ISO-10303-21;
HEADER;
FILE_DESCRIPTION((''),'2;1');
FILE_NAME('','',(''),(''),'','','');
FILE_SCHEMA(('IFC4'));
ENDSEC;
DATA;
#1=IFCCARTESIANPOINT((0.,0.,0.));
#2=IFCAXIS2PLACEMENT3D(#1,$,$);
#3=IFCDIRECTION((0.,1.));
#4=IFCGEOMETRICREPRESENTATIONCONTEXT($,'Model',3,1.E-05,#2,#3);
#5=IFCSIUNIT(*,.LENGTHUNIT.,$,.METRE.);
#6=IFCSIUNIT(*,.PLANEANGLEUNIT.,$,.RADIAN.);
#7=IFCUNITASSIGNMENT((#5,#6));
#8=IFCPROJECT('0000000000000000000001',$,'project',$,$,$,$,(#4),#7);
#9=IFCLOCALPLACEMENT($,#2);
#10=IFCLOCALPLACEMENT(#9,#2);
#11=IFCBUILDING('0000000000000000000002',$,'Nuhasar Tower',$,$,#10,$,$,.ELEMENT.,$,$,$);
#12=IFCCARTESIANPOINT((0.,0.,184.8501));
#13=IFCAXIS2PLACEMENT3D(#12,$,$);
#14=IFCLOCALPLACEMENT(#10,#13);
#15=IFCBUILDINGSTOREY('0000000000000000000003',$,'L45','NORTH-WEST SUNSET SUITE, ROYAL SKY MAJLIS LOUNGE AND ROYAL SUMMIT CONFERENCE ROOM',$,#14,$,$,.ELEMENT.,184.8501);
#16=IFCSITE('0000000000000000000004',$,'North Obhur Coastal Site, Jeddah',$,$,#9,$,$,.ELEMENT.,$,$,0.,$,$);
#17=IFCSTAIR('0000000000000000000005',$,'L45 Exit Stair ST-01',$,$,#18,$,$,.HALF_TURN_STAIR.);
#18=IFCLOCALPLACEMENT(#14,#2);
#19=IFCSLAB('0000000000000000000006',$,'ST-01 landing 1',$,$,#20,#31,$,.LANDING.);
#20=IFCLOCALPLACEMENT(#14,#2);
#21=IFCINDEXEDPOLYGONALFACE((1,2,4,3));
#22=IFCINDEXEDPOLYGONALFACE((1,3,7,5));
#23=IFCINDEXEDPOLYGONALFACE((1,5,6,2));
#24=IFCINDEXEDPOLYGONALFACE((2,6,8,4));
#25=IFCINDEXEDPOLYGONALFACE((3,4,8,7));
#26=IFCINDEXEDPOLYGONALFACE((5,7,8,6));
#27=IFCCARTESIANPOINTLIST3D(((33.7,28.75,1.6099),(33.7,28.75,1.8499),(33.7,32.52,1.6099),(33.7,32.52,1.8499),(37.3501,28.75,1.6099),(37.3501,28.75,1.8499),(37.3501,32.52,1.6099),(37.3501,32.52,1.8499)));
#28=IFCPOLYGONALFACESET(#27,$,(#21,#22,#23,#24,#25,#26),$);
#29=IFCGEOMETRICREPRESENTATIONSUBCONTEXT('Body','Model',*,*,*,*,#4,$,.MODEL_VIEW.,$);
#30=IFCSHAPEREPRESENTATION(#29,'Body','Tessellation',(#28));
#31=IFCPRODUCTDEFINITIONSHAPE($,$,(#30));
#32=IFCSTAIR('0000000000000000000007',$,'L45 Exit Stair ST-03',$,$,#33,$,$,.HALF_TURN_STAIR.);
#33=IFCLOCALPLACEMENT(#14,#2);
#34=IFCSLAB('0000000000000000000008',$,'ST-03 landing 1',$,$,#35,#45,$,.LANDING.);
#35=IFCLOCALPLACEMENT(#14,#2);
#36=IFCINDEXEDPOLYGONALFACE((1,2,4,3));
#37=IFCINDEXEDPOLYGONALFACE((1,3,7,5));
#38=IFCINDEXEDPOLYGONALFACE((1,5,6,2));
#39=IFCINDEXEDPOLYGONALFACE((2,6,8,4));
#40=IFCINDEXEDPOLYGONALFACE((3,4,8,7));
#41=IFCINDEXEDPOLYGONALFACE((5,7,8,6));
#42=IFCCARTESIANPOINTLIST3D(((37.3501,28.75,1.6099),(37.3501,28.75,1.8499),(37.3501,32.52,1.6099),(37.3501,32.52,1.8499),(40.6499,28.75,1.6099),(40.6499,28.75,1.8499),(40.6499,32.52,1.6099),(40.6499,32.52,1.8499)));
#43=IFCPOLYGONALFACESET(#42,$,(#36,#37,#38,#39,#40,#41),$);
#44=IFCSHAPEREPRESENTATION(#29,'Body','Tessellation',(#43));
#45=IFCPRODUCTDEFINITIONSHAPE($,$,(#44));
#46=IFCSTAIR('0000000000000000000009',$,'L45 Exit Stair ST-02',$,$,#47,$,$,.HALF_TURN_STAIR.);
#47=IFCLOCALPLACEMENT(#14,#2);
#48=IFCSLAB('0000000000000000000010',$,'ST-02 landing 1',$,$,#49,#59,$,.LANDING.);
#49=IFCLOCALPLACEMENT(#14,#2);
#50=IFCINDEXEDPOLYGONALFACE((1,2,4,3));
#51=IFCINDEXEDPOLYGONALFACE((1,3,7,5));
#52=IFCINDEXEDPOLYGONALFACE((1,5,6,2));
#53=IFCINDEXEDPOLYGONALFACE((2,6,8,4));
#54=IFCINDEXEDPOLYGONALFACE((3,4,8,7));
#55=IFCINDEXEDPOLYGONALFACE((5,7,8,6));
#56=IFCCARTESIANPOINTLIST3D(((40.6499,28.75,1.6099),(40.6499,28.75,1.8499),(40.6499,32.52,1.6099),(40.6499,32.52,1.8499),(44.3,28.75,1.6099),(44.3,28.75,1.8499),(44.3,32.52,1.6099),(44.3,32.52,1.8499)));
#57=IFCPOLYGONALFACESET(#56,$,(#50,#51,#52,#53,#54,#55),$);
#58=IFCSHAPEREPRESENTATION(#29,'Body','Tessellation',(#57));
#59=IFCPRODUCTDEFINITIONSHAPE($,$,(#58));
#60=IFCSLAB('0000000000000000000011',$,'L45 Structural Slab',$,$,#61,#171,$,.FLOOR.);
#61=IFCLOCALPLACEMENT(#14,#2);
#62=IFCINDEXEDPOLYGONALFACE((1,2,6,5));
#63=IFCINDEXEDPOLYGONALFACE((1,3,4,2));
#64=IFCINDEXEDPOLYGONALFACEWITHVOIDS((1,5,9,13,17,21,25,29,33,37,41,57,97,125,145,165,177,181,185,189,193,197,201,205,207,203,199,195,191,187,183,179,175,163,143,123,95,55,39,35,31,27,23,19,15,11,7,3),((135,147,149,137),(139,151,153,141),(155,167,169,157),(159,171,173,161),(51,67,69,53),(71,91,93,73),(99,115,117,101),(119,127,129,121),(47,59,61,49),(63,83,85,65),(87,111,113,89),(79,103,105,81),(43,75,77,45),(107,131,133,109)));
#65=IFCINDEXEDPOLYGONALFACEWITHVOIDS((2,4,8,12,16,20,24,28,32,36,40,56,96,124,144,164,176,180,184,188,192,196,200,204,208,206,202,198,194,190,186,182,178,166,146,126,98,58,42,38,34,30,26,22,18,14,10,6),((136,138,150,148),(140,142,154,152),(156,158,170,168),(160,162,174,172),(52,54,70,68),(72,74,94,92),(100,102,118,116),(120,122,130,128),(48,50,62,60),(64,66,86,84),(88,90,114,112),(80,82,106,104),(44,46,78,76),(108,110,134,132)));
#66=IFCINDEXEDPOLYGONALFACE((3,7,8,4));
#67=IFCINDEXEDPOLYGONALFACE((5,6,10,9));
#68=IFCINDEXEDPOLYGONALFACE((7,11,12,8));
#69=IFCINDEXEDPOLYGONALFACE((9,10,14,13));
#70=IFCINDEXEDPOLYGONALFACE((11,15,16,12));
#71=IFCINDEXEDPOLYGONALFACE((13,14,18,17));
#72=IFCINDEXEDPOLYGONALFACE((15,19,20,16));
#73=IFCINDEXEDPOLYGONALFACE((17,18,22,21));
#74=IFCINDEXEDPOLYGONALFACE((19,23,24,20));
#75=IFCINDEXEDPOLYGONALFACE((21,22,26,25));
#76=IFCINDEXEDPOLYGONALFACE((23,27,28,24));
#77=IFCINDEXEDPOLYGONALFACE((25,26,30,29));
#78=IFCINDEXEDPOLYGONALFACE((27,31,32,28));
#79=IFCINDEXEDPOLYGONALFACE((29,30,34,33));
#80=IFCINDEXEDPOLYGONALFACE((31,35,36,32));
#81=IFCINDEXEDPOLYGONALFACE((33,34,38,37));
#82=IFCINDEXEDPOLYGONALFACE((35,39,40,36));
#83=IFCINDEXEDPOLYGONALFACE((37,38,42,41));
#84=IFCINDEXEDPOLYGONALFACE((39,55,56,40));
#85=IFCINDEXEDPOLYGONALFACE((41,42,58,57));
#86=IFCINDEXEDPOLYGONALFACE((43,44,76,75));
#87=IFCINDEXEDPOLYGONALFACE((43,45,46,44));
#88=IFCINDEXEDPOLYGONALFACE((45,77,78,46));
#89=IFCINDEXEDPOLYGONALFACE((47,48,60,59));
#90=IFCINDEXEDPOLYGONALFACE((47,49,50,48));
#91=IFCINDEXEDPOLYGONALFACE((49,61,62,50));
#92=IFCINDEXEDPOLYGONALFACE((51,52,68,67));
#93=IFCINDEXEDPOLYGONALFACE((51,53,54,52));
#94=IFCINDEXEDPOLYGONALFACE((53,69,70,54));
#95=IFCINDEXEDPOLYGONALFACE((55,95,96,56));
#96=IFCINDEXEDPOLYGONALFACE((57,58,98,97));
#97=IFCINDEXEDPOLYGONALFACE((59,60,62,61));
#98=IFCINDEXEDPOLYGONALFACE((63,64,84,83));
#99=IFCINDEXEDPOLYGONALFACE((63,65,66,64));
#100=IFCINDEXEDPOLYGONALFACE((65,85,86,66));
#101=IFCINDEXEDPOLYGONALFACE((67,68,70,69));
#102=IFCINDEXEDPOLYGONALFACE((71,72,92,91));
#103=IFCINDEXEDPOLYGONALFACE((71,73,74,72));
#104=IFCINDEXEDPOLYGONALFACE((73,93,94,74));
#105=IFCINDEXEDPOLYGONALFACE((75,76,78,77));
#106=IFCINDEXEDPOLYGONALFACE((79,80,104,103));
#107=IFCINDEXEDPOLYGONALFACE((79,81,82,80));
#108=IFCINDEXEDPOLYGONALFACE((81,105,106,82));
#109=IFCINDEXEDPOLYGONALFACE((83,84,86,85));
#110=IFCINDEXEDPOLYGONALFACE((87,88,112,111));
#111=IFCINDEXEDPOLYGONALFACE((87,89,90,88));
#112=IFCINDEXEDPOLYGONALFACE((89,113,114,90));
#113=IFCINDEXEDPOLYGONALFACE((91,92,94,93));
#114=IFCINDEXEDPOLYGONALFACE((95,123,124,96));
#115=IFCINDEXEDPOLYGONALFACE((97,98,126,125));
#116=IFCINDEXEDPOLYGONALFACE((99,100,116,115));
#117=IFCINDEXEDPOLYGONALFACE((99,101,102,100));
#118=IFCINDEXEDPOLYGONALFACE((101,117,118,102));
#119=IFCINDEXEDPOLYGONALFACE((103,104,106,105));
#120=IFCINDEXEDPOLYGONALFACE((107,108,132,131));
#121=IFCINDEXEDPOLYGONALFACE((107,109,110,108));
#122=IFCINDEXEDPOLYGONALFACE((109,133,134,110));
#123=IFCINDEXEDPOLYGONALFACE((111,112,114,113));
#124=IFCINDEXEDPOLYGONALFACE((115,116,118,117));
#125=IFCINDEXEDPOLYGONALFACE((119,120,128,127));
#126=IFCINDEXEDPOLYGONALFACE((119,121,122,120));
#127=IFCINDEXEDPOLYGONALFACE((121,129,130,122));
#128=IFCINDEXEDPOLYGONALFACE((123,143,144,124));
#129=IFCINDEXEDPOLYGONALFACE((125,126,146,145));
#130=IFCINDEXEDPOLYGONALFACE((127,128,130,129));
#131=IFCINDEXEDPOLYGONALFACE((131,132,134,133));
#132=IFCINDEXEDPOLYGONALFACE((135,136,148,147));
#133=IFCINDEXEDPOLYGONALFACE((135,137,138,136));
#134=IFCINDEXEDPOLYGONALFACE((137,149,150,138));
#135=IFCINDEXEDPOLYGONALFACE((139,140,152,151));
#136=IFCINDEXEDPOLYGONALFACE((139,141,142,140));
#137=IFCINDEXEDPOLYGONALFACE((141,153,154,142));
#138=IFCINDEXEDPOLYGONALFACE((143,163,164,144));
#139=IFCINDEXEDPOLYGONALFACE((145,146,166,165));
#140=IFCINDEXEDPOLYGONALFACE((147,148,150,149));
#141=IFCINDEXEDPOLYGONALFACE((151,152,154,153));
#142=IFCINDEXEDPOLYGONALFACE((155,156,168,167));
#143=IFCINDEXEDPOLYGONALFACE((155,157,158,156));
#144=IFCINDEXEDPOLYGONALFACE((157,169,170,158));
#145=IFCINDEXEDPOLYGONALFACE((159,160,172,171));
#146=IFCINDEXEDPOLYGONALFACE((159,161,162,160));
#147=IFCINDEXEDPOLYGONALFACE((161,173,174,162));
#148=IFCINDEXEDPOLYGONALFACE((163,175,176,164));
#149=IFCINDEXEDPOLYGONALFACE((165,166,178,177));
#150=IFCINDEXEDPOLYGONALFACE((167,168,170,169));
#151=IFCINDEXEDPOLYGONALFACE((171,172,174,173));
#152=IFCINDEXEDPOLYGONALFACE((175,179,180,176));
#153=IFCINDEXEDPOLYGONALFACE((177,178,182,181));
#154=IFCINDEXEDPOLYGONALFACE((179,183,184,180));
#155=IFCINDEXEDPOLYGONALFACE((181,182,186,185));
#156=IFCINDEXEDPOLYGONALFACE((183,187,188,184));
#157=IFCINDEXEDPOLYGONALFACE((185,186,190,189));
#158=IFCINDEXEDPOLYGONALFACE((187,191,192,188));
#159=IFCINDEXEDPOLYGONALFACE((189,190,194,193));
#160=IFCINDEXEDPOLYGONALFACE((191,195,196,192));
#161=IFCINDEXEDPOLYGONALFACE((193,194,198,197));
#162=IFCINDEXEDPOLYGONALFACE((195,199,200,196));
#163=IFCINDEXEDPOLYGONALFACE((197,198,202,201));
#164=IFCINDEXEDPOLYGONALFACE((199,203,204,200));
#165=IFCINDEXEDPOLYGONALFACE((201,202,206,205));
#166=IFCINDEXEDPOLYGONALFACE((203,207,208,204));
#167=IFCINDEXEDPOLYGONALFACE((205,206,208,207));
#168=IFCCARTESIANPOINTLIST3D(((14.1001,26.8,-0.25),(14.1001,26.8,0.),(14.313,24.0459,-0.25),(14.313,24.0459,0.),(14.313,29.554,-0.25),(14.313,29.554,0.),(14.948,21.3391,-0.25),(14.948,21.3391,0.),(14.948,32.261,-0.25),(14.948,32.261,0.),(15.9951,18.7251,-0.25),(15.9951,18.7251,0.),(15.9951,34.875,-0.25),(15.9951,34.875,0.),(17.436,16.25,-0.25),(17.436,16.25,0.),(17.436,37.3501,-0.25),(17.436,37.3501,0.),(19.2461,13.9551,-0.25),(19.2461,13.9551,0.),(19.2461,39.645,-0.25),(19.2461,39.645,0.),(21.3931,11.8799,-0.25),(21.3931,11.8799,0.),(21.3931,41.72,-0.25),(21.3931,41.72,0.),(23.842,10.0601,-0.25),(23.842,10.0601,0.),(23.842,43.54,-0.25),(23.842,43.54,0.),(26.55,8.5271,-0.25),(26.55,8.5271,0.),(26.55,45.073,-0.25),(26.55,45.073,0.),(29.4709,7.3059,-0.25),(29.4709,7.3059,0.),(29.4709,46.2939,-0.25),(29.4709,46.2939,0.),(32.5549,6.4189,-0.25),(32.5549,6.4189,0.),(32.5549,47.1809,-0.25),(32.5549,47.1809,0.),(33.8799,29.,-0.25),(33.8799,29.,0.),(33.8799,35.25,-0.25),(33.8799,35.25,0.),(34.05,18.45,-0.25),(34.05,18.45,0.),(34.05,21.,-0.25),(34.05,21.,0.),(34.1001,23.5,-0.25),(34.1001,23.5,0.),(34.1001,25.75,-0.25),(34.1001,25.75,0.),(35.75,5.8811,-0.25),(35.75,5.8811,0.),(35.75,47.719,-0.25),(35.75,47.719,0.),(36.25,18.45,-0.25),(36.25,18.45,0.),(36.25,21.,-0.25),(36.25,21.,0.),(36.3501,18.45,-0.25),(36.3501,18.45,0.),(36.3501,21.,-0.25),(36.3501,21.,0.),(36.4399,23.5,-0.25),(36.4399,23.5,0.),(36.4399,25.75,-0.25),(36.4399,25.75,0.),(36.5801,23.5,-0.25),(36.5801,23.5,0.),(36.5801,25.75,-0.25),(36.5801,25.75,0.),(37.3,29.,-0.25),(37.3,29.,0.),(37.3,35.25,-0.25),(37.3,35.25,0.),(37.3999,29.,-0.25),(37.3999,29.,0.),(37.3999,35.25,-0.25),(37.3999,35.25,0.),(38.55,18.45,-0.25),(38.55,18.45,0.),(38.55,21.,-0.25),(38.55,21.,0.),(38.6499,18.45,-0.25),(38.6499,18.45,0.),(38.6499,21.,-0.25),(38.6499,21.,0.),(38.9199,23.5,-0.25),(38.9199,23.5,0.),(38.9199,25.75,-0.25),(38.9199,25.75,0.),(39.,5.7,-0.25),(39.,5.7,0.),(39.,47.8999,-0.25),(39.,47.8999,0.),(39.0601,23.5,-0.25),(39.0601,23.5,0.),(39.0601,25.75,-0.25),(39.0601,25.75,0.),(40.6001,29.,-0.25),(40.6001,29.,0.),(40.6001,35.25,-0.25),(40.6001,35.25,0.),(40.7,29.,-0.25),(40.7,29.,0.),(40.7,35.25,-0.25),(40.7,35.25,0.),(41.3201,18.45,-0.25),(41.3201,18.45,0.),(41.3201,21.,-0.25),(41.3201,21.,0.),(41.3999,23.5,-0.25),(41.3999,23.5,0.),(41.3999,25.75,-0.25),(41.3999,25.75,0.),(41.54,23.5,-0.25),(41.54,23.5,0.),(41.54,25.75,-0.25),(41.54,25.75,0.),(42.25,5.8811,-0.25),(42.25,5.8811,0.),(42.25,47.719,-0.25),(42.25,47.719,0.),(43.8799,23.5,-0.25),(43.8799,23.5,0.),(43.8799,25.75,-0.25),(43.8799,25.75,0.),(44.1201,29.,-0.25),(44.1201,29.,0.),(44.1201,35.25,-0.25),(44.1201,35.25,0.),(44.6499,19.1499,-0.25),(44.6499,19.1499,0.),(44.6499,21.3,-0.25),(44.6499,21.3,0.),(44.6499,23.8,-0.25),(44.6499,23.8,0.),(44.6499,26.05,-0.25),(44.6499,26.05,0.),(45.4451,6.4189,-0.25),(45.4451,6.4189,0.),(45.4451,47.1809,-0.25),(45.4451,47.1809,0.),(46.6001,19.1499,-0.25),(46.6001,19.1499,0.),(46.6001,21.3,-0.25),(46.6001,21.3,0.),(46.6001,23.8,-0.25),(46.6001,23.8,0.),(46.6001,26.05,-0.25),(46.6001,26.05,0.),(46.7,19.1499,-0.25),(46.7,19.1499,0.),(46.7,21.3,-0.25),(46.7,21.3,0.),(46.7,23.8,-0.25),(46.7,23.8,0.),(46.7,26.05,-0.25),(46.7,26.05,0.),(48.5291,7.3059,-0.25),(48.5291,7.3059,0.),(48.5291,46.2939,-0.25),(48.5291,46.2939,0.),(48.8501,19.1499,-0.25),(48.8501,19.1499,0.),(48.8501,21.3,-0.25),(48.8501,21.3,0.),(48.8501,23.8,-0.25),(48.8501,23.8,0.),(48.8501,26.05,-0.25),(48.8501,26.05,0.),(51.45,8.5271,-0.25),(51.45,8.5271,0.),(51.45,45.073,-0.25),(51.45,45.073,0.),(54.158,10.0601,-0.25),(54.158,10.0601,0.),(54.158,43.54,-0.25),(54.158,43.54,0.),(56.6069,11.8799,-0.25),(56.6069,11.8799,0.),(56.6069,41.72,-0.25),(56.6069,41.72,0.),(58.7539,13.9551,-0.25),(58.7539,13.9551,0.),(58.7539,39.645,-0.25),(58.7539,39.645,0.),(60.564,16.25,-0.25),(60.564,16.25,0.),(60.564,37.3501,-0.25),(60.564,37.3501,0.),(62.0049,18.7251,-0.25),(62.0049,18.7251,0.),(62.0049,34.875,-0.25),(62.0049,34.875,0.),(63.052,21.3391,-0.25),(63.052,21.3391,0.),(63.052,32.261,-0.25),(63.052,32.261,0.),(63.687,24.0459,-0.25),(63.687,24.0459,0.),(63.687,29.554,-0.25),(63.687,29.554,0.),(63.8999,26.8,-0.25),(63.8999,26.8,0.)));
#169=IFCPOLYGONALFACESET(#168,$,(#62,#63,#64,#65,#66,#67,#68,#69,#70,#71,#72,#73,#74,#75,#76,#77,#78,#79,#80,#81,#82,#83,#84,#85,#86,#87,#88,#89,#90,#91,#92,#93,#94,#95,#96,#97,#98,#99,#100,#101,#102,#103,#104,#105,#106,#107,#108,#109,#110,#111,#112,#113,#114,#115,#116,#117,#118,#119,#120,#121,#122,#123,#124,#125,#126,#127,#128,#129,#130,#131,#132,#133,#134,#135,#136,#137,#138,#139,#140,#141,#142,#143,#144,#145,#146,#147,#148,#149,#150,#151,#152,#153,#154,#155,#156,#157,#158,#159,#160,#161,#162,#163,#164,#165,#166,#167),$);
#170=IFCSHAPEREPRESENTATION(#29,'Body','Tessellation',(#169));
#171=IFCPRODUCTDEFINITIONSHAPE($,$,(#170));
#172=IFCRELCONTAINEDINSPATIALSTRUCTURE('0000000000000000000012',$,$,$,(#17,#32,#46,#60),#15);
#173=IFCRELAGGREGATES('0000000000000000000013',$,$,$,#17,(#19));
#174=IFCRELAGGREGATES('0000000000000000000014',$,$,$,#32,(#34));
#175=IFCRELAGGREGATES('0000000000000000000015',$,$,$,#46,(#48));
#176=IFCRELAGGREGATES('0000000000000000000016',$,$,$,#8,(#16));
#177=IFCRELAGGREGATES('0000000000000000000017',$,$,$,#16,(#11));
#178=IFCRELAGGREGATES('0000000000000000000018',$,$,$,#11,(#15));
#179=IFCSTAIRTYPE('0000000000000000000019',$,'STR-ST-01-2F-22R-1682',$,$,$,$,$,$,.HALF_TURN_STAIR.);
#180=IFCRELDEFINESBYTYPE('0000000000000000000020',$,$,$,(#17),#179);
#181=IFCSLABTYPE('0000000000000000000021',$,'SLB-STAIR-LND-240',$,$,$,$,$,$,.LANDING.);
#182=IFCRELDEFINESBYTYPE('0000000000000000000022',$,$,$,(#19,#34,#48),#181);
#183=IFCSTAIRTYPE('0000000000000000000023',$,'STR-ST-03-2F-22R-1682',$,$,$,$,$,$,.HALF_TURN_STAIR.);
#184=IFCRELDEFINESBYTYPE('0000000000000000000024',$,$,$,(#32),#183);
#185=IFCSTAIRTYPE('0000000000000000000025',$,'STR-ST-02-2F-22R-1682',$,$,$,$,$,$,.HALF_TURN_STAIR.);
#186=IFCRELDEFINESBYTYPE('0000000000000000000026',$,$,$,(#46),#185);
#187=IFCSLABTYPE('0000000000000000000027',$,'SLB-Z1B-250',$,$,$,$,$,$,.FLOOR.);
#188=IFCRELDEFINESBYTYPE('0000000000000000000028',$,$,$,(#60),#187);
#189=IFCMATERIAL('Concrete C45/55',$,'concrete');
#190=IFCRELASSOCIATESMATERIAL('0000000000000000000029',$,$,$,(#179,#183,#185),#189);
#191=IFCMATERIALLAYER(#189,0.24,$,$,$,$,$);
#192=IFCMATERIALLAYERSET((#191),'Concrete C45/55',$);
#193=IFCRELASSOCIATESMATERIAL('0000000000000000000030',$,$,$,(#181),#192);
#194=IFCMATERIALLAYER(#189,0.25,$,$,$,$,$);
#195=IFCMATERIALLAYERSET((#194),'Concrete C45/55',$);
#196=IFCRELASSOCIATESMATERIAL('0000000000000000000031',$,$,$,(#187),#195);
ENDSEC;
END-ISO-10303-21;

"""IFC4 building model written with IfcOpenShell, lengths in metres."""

from ifc_helpers import new_model, si_unit, direction, frame, origin, place, context, subcontext, project, spatial, polyline, outline, extrude, material, layer, layer_set, type_object, element, aggregate, save


model = new_model("IFC4")

# Units and contexts
model_context = context("Model", 3, precision=1e-05, world=origin(), true_north=direction((0.0, 1.0)))
body_context = subcontext(model_context, "Body", "Model", "MODEL_VIEW")
ifc_project = project(units=[si_unit("LENGTHUNIT", "METRE"), si_unit("PLANEANGLEUNIT", "RADIAN")], contexts=[model_context])

# Site, building, storey
site_placement = place(None, origin())
site = spatial("IfcSite", under=ifc_project, at=site_placement, Name="North Obhur Coastal Site, Jeddah", CompositionType="ELEMENT", RefElevation=0.0)
building_placement = place(site_placement, origin())
building = spatial("IfcBuilding", under=site, at=building_placement, Name="Nuhasar Tower", CompositionType="ELEMENT")
storey_placement = place(building_placement, frame((0.0, 0.0, 184.8501)))
storey = spatial("IfcBuildingStorey", under=building, at=storey_placement, Name="L45", Description="NORTH-WEST SUNSET SUITE, ROYAL SKY MAJLIS LOUNGE AND ROYAL SUMMIT CONFERENCE ROOM", CompositionType="ELEMENT", Elevation=184.8501)

# Stairs, slabs
ifc_material_1 = material(Name="Concrete C45/55", Category="concrete")
stair_type_1 = type_object("IfcStairType", Name="STR-ST-01-2F-22R-1682", PredefinedType="HALF_TURN_STAIR", material=ifc_material_1)
stair_1_placement = place(storey_placement, origin())
stair_1 = element("IfcStair", 1, at=stair_1_placement, inside=storey, type_object=stair_type_1, Name="L45 Exit Stair ST-01", PredefinedType="HALF_TURN_STAIR")
ifc_layer_1 = layer(ifc_material_1, 0.24)
ifc_layer_set_1 = layer_set([ifc_layer_1], Name="Concrete C45/55")
slab_type_1 = type_object("IfcSlabType", Name="SLB-STAIR-LND-240", PredefinedType="LANDING", material=ifc_layer_set_1)
slab_1_placement = place(storey_placement, frame((0.0, 0.0, 1.6099)))
slab_1 = element("IfcSlab", 2, at=slab_1_placement, type_object=slab_type_1, Name="ST-01 landing 1", PredefinedType="LANDING", context=body_context, shape_type="SweptSolid", body=[
    extrude(outline(polyline([(33.7, 28.75), (37.3501, 28.75), (37.3501, 32.52), (33.7, 32.52), (33.7, 28.75)])), origin(), (0.0, 0.0, 1.0), 0.24),
])
aggregate(stair_1, [slab_1])
stair_type_2 = type_object("IfcStairType", Name="STR-ST-03-2F-22R-1682", PredefinedType="HALF_TURN_STAIR", material=ifc_material_1)
stair_2_placement = place(storey_placement, origin())
stair_2 = element("IfcStair", 3, at=stair_2_placement, inside=storey, type_object=stair_type_2, Name="L45 Exit Stair ST-03", PredefinedType="HALF_TURN_STAIR")
slab_2_placement = place(storey_placement, frame((0.0, 0.0, 1.6099)))
slab_2 = element("IfcSlab", 4, at=slab_2_placement, type_object=slab_type_1, Name="ST-03 landing 1", PredefinedType="LANDING", context=body_context, shape_type="SweptSolid", body=[
    extrude(outline(polyline([(37.3501, 28.75), (40.6499, 28.75), (40.6499, 32.52), (37.3501, 32.52), (37.3501, 28.75)])), origin(), (0.0, 0.0, 1.0), 0.24),
])
aggregate(stair_2, [slab_2])
stair_type_3 = type_object("IfcStairType", Name="STR-ST-02-2F-22R-1682", PredefinedType="HALF_TURN_STAIR", material=ifc_material_1)
stair_3_placement = place(storey_placement, origin())
stair_3 = element("IfcStair", 5, at=stair_3_placement, inside=storey, type_object=stair_type_3, Name="L45 Exit Stair ST-02", PredefinedType="HALF_TURN_STAIR")
slab_3_placement = place(storey_placement, frame((0.0, 0.0, 1.6099)))
slab_3 = element("IfcSlab", 6, at=slab_3_placement, type_object=slab_type_1, Name="ST-02 landing 1", PredefinedType="LANDING", context=body_context, shape_type="SweptSolid", body=[
    extrude(outline(polyline([(40.6499, 28.75), (44.3, 28.75), (44.3, 32.52), (40.6499, 32.52), (40.6499, 28.75)])), origin(), (0.0, 0.0, 1.0), 0.24),
])
aggregate(stair_3, [slab_3])

# Slab
ifc_layer_2 = layer(ifc_material_1, 0.25)
ifc_layer_set_2 = layer_set([ifc_layer_2], Name="Concrete C45/55")
slab_type_2 = type_object("IfcSlabType", Name="SLB-Z1B-250", PredefinedType="FLOOR", material=ifc_layer_set_2)
slab_4_placement = place(storey_placement, frame((0.0, 0.0, -0.25)))
element("IfcSlab", 7, at=slab_4_placement, inside=storey, type_object=slab_type_2, Name="L45 Structural Slab", PredefinedType="FLOOR", context=body_context, shape_type="SweptSolid", body=[
    extrude(outline(polyline([(63.8999, 26.8), (63.687, 29.554), (63.052, 32.261), (62.0049, 34.875), (60.564, 37.3501), (58.7539, 39.645), (56.6069, 41.72), (54.158, 43.54), (51.45, 45.073), (48.5291, 46.2939), (45.4451, 47.1809), (42.25, 47.719), (39.0, 47.8999), (35.75, 47.719), (32.5549, 47.1809), (29.4709, 46.2939), (26.55, 45.073), (23.842, 43.54), (21.3931, 41.72), (19.2461, 39.645), (17.436, 37.3501), (15.9951, 34.875), (14.948, 32.261), (14.313, 29.554), (14.1001, 26.8), (14.313, 24.0459), (14.948, 21.3391), (15.9951, 18.7251), (17.436, 16.25), (19.2461, 13.9551), (21.3931, 11.8799), (23.842, 10.0601), (26.55, 8.5271), (29.4709, 7.3059), (32.5549, 6.4189), (35.75, 5.8811), (39.0, 5.7), (42.25, 5.8811), (45.4451, 6.4189), (48.5291, 7.3059), (51.45, 8.5271), (54.158, 10.0601), (56.6069, 11.8799), (58.7539, 13.9551), (60.564, 16.25), (62.0049, 18.7251), (63.052, 21.3391), (63.687, 24.0459), (63.8999, 26.8)]), holes=[polyline([(33.8799, 35.25), (37.3, 35.25), (37.3, 29.0), (33.8799, 29.0), (33.8799, 35.25)]), polyline([(37.3999, 35.25), (40.6001, 35.25), (40.6001, 29.0), (37.3999, 29.0), (37.3999, 35.25)]), polyline([(40.7, 35.25), (44.1201, 35.25), (44.1201, 29.0), (40.7, 29.0), (40.7, 35.25)]), polyline([(44.6499, 26.05), (46.6001, 26.05), (46.6001, 23.8), (44.6499, 23.8), (44.6499, 26.05)]), polyline([(46.7, 26.05), (48.8501, 26.05), (48.8501, 23.8), (46.7, 23.8), (46.7, 26.05)]), polyline([(44.6499, 21.3), (46.6001, 21.3), (46.6001, 19.1499), (44.6499, 19.1499), (44.6499, 21.3)]), polyline([(46.7, 21.3), (48.8501, 21.3), (48.8501, 19.1499), (46.7, 19.1499), (46.7, 21.3)]), polyline([(34.1001, 25.75), (36.4399, 25.75), (36.4399, 23.5), (34.1001, 23.5), (34.1001, 25.75)]), polyline([(36.5801, 25.75), (38.9199, 25.75), (38.9199, 23.5), (36.5801, 23.5), (36.5801, 25.75)]), polyline([(39.0601, 25.75), (41.3999, 25.75), (41.3999, 23.5), (39.0601, 23.5), (39.0601, 25.75)]), polyline([(41.54, 25.75), (43.8799, 25.75), (43.8799, 23.5), (41.54, 23.5), (41.54, 25.75)]), polyline([(34.05, 21.0), (36.25, 21.0), (36.25, 18.45), (34.05, 18.45), (34.05, 21.0)]), polyline([(36.3501, 21.0), (38.55, 21.0), (38.55, 18.45), (36.3501, 18.45), (36.3501, 21.0)]), polyline([(38.6499, 21.0), (41.3201, 21.0), (41.3201, 18.45), (38.6499, 18.45), (38.6499, 21.0)])]), origin(), (0.0, 0.0, 1.0), 0.25),
])

save(model, "model.ifc")
